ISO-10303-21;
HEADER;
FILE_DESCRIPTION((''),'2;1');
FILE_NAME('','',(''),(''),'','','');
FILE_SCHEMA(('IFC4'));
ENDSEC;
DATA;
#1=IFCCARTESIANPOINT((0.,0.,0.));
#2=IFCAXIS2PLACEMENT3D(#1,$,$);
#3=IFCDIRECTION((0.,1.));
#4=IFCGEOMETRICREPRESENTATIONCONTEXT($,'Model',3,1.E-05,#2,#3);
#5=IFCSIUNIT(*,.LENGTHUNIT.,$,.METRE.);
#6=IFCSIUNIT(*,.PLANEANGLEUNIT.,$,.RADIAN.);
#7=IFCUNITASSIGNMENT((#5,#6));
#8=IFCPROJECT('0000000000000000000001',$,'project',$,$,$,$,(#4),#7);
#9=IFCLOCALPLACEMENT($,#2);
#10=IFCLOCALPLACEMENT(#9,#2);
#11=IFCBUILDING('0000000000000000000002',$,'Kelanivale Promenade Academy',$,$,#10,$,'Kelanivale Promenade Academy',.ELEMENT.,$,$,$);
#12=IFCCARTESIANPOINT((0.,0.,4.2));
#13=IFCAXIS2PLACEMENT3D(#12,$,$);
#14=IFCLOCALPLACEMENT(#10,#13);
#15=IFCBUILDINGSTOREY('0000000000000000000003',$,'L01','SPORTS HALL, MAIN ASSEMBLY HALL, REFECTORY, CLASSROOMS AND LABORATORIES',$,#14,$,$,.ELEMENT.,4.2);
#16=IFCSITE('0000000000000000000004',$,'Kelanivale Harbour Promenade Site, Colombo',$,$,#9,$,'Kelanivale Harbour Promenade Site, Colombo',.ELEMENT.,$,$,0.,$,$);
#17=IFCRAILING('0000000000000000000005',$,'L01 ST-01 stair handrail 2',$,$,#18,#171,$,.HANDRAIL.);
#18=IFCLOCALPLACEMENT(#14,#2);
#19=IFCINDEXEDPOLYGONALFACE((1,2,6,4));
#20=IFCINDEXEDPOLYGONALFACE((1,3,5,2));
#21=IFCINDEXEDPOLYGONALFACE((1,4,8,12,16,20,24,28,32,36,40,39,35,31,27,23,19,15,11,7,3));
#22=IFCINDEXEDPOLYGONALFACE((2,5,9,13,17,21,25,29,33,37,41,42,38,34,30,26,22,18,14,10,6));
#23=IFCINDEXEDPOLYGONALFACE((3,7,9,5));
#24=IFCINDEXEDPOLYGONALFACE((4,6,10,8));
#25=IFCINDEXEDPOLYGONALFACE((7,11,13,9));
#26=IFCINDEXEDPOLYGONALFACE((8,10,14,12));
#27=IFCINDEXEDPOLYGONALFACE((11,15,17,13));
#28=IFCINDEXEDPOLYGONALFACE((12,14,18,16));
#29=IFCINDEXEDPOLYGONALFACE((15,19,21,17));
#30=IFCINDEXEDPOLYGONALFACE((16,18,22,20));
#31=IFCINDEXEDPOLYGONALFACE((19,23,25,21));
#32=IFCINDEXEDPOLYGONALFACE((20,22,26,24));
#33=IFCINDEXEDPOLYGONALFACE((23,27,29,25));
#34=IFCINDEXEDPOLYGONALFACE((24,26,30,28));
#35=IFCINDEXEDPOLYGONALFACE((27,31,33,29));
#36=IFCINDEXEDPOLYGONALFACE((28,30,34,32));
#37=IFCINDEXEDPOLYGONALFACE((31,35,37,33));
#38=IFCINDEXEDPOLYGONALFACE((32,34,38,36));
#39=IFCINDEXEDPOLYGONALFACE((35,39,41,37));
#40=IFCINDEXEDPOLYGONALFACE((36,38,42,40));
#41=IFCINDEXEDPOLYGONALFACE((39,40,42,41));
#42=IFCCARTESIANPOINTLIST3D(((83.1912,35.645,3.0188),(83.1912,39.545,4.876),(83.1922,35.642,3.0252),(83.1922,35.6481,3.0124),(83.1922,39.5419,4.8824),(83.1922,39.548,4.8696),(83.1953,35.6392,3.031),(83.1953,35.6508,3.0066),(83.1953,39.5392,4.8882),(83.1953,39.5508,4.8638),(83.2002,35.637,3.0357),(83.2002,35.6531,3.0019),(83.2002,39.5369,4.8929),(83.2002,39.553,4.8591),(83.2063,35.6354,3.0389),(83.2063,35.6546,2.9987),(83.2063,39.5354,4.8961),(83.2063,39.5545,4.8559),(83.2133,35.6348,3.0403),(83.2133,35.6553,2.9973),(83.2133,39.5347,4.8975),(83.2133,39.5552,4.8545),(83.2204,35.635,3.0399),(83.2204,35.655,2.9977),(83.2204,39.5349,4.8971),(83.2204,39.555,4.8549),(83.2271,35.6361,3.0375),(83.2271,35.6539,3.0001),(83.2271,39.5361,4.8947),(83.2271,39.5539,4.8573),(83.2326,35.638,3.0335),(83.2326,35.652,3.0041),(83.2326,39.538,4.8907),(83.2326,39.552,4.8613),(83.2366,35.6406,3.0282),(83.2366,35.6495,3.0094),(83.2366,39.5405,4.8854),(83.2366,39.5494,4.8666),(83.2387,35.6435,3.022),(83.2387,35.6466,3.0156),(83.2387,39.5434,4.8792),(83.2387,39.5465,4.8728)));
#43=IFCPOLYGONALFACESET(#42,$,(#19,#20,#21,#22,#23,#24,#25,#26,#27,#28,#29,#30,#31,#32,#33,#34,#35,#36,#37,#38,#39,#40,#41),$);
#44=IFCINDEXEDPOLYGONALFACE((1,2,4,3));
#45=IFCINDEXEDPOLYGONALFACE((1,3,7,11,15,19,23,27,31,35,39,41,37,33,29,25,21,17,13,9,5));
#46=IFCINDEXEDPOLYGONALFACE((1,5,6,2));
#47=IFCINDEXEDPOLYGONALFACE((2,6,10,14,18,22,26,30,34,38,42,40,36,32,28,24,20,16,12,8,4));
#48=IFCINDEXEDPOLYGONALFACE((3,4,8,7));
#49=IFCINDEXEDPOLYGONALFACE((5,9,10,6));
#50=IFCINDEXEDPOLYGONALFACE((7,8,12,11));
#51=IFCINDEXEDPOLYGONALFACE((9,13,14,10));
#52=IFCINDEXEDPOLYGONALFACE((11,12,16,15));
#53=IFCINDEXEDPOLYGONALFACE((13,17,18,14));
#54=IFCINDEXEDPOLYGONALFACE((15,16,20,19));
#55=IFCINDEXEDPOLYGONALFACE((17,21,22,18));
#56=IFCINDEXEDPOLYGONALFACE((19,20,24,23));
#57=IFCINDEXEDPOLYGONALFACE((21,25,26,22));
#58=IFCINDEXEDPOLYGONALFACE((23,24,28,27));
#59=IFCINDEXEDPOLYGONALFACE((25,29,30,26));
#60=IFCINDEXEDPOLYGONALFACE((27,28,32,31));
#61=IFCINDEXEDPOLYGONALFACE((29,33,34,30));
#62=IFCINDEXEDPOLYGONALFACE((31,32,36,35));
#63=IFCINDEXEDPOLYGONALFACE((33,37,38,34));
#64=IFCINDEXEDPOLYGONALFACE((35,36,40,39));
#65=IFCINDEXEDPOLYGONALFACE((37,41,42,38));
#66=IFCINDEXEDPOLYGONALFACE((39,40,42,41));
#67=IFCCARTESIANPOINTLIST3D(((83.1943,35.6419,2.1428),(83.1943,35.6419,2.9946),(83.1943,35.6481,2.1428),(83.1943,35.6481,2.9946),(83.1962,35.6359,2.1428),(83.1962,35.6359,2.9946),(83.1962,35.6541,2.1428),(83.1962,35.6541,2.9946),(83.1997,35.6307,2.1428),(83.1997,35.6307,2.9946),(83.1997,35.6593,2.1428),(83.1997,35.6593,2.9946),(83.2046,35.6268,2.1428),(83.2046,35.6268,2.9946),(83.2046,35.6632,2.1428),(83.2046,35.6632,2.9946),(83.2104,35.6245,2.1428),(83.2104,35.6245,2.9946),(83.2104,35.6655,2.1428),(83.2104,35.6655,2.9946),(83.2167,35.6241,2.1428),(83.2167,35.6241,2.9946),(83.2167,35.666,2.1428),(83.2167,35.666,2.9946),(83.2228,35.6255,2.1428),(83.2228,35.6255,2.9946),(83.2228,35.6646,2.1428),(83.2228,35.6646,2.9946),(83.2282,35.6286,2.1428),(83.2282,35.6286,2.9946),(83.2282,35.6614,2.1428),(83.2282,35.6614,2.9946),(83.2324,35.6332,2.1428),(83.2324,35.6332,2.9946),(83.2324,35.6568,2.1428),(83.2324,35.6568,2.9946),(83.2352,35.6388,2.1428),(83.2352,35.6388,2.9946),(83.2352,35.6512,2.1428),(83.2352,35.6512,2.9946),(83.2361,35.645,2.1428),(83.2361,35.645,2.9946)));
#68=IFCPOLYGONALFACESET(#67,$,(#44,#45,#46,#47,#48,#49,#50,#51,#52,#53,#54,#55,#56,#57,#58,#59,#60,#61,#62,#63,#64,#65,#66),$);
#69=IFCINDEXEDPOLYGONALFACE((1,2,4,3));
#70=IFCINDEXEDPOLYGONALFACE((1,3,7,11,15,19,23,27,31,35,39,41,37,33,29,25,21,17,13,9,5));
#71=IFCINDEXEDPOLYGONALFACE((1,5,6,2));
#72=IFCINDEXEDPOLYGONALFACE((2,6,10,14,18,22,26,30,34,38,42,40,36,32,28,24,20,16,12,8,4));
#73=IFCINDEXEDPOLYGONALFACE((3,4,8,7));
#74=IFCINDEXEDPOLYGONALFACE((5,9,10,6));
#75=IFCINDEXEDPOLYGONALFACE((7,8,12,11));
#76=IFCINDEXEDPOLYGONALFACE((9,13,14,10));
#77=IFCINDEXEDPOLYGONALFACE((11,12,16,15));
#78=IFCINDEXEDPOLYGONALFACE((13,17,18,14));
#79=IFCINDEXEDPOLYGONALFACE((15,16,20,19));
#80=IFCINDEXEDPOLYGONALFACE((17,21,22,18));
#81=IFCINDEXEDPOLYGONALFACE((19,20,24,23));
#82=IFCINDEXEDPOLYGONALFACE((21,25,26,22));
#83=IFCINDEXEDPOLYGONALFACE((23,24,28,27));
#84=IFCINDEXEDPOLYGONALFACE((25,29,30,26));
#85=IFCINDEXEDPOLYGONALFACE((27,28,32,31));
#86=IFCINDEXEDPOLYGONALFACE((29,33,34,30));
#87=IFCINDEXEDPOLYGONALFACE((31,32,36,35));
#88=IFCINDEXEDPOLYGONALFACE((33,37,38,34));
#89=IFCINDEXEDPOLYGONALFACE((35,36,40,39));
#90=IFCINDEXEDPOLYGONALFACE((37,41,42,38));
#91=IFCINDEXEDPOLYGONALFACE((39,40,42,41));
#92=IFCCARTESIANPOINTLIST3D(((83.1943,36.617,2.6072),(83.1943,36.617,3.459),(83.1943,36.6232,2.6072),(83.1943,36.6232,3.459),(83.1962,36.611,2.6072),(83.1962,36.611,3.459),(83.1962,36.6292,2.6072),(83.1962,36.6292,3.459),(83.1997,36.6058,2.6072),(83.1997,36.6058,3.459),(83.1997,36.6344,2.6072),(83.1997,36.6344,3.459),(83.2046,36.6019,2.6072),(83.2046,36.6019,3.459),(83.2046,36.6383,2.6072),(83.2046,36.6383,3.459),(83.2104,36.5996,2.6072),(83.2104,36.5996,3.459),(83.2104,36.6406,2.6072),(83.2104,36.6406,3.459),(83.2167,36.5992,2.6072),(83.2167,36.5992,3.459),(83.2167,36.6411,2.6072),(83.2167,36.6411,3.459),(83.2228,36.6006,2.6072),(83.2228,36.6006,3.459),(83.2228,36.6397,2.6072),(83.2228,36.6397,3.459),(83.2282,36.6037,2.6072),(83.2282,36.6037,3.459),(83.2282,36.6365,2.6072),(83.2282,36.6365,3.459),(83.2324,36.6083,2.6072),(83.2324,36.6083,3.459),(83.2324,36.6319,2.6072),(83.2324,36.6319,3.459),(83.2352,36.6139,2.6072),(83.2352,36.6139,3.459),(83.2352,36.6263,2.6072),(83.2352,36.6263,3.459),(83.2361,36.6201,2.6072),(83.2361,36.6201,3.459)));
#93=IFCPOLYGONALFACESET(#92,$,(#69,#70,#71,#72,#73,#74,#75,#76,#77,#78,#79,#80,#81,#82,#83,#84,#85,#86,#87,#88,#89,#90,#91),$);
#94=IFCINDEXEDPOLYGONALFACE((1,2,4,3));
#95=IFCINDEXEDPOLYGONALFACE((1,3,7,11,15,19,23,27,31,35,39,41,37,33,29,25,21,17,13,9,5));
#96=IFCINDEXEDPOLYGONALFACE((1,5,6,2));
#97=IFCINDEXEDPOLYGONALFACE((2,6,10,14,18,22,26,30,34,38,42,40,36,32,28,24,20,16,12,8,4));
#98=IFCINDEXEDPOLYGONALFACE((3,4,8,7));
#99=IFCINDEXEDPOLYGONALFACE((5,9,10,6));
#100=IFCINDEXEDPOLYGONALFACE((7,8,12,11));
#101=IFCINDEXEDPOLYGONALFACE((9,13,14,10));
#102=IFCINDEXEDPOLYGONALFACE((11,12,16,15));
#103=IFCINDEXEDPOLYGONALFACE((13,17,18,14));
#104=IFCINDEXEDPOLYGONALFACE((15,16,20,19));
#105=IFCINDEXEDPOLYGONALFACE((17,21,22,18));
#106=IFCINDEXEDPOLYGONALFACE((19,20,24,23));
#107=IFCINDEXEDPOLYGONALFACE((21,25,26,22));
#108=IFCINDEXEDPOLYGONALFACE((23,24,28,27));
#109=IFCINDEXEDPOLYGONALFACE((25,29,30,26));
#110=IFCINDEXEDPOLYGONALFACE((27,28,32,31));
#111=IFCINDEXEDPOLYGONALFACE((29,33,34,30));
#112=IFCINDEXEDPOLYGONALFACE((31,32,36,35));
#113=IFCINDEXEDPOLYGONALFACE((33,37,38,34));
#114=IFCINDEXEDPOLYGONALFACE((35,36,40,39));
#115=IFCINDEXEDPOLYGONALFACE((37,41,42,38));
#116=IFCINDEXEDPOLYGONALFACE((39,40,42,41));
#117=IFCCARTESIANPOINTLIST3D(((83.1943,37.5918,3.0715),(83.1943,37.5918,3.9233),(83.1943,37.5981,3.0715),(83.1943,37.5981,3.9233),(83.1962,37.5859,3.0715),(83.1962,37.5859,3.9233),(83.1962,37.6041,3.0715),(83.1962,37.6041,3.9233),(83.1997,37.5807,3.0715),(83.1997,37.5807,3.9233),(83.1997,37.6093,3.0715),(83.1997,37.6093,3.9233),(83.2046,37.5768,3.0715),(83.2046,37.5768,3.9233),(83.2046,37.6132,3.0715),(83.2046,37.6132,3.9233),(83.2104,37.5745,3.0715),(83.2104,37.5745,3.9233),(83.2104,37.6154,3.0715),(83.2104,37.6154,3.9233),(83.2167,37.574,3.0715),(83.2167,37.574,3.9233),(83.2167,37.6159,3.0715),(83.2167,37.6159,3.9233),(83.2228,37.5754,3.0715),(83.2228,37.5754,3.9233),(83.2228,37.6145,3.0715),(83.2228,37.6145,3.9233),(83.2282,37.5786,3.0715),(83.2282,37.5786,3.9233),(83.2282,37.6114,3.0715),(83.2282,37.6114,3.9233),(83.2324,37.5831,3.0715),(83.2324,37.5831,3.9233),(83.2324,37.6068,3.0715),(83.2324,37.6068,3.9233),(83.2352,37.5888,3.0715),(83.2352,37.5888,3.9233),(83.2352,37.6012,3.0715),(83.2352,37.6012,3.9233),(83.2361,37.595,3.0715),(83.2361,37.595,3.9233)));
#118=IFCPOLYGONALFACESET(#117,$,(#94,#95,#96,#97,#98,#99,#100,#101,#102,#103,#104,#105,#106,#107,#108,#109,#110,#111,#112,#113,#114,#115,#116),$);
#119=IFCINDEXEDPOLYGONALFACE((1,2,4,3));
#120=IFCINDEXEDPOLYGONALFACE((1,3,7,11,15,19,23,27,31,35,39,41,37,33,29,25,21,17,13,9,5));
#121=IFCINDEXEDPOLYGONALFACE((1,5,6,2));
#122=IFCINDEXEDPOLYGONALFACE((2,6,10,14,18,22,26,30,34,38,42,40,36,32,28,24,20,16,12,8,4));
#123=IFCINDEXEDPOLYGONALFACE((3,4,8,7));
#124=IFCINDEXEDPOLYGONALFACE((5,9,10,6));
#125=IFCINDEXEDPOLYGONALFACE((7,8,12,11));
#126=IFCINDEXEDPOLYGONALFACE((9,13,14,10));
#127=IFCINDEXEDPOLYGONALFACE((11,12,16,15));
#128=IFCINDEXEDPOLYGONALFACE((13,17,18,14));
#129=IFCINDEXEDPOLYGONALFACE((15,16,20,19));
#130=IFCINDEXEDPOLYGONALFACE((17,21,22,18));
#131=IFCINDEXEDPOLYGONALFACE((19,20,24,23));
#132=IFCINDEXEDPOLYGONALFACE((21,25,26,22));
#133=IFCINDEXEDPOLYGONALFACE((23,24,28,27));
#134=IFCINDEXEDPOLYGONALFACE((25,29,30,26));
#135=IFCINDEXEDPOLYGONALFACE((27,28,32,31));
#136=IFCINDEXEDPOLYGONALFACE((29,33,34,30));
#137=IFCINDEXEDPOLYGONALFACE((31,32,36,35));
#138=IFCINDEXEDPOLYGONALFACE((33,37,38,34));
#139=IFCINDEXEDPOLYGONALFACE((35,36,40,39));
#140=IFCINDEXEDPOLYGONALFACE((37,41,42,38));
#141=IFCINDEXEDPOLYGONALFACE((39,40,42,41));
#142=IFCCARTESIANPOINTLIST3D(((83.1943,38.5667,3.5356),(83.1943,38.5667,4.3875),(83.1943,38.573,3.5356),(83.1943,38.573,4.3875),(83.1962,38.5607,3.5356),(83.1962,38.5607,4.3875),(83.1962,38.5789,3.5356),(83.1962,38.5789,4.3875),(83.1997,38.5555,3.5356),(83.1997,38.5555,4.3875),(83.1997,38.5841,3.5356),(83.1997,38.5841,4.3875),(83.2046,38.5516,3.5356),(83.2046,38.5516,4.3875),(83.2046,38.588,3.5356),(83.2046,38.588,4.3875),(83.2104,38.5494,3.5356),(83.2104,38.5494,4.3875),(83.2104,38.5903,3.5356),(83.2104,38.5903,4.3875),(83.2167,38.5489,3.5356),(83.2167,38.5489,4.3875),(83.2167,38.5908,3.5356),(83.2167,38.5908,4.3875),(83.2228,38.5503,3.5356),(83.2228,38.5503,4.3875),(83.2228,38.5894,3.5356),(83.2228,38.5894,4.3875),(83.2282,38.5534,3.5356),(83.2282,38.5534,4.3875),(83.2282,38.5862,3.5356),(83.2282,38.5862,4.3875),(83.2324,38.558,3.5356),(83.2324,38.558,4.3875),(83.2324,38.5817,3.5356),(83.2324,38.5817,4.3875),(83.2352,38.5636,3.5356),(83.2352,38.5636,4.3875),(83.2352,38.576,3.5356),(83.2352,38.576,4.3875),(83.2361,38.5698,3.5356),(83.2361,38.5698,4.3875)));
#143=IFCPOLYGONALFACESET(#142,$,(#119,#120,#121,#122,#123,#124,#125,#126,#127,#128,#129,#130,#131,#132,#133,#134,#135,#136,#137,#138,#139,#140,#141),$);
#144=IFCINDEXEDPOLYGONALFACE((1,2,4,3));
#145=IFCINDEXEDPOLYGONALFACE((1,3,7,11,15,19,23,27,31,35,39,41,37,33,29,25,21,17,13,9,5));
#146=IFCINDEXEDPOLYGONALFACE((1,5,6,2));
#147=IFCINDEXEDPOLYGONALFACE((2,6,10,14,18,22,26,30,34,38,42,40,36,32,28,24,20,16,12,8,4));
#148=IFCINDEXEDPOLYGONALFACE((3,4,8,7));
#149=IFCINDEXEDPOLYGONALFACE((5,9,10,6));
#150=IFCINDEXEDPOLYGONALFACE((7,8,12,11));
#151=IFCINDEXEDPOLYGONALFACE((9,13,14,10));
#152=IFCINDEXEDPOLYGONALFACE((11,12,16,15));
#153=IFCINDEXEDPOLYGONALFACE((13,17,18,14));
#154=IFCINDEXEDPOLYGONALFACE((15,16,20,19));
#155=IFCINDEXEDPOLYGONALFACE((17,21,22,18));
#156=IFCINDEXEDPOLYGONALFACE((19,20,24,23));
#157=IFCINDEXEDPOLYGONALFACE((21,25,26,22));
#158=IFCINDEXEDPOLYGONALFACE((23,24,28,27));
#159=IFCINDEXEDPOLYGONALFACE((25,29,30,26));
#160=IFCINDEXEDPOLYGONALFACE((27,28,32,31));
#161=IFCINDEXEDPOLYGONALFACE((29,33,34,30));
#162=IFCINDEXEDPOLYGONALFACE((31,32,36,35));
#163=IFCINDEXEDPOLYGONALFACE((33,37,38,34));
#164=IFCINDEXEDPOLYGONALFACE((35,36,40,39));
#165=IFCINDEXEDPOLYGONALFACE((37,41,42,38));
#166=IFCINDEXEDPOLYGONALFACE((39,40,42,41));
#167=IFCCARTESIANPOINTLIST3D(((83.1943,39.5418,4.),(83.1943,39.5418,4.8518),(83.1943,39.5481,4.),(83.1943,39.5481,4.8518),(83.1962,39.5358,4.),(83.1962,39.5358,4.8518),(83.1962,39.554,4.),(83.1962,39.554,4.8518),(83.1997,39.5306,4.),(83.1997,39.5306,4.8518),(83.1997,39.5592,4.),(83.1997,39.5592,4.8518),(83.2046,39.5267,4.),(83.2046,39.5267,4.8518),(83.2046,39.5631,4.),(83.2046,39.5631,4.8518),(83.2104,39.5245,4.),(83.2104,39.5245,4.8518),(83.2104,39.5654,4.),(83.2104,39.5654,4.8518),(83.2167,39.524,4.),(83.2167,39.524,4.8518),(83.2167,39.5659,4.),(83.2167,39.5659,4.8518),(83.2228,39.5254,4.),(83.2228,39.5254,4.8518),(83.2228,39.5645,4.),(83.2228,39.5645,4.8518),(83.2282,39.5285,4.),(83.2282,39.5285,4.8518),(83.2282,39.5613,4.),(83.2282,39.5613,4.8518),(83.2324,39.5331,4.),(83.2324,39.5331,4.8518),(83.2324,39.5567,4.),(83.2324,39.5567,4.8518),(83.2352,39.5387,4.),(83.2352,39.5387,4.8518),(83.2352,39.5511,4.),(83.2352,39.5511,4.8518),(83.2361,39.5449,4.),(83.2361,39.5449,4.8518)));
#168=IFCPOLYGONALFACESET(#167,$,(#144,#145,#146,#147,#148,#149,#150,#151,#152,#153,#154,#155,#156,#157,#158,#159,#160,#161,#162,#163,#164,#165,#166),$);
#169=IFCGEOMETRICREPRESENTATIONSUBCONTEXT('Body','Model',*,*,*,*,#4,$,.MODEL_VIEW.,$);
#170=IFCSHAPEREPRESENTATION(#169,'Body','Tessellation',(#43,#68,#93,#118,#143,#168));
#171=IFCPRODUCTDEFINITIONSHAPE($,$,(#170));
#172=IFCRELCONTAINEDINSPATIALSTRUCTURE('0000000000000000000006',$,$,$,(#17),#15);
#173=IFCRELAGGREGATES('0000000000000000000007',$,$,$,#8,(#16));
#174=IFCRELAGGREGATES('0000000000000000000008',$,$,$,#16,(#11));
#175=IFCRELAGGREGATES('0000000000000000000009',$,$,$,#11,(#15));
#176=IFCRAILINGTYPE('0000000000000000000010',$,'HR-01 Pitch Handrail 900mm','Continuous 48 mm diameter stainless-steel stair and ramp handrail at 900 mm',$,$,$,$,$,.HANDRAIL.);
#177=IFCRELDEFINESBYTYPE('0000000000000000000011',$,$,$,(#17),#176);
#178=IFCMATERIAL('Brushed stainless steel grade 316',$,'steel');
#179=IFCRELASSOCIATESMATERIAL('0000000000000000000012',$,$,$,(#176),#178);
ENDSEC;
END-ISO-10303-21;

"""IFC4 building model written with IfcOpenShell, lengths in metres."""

from ifc_helpers import new_model, si_unit, direction, frame, origin, origin_2d, place, context, subcontext, project, spatial, circle, extrude, material, type_object, element, save


model = new_model("IFC4")

# Units and contexts
model_context = context("Model", 3, precision=1e-05, world=origin(), true_north=direction((0.0, 1.0)))
body_context = subcontext(model_context, "Body", "Model", "MODEL_VIEW")
ifc_project = project(units=[si_unit("LENGTHUNIT", "METRE"), si_unit("PLANEANGLEUNIT", "RADIAN")], contexts=[model_context])

# Site, building, storey
site_placement = place(None, origin())
site = spatial("IfcSite", under=ifc_project, at=site_placement, Name="Kelanivale Harbour Promenade Site, Colombo", LongName="Kelanivale Harbour Promenade Site, Colombo", CompositionType="ELEMENT", RefElevation=0.0)
building_placement = place(site_placement, origin())
building = spatial("IfcBuilding", under=site, at=building_placement, Name="Kelanivale Promenade Academy", LongName="Kelanivale Promenade Academy", CompositionType="ELEMENT")
storey_placement = place(building_placement, frame((0.0, 0.0, 4.2)))
storey = spatial("IfcBuildingStorey", under=building, at=storey_placement, Name="L01", Description="SPORTS HALL, MAIN ASSEMBLY HALL, REFECTORY, CLASSROOMS AND LABORATORIES", CompositionType="ELEMENT", Elevation=4.2)

# Railing
ifc_material_1 = material(Name="Brushed stainless steel grade 316", Category="steel")
railing_type_1 = type_object("IfcRailingType", Name="HR-01 Pitch Handrail 900mm", Description="Continuous 48 mm diameter stainless-steel stair and ramp handrail at 900 mm", PredefinedType="HANDRAIL", material=ifc_material_1)
railing_1_placement = place(storey_placement, frame((83.2151, 35.645, 2.1428)))
element("IfcRailing", 1, at=railing_1_placement, inside=storey, type_object=railing_type_1, Name="L01 ST-01 stair handrail 2", PredefinedType="HANDRAIL", context=body_context, shape_type="SweptSolid", body=[
    extrude(circle(Radius=0.0239, at=origin_2d()), frame((0.0, 0.0, 0.876), z_axis=(0.0, 0.902853, 0.429949), x_axis=(-1.0, 0.0, 0.0)), (0.0, 0.0, 1.0), 4.3196),
    extrude(circle(Radius=0.021, at=origin_2d()), origin(), (0.0, 0.0, 1.0), 0.8518),
    extrude(circle(Radius=0.021, at=origin_2d()), frame((0.0, 0.9751, 0.4644)), (0.0, 0.0, 1.0), 0.8518),
    extrude(circle(Radius=0.021, at=origin_2d()), frame((0.0, 1.95, 0.9287)), (0.0, 0.0, 1.0), 0.8518),
    extrude(circle(Radius=0.021, at=origin_2d()), frame((0.0, 2.9248, 1.3928)), (0.0, 0.0, 1.0), 0.8518),
    extrude(circle(Radius=0.021, at=origin_2d()), frame((0.0, 3.8999, 1.8572)), (0.0, 0.0, 1.0), 0.8518),
])

save(model, "model.ifc")
